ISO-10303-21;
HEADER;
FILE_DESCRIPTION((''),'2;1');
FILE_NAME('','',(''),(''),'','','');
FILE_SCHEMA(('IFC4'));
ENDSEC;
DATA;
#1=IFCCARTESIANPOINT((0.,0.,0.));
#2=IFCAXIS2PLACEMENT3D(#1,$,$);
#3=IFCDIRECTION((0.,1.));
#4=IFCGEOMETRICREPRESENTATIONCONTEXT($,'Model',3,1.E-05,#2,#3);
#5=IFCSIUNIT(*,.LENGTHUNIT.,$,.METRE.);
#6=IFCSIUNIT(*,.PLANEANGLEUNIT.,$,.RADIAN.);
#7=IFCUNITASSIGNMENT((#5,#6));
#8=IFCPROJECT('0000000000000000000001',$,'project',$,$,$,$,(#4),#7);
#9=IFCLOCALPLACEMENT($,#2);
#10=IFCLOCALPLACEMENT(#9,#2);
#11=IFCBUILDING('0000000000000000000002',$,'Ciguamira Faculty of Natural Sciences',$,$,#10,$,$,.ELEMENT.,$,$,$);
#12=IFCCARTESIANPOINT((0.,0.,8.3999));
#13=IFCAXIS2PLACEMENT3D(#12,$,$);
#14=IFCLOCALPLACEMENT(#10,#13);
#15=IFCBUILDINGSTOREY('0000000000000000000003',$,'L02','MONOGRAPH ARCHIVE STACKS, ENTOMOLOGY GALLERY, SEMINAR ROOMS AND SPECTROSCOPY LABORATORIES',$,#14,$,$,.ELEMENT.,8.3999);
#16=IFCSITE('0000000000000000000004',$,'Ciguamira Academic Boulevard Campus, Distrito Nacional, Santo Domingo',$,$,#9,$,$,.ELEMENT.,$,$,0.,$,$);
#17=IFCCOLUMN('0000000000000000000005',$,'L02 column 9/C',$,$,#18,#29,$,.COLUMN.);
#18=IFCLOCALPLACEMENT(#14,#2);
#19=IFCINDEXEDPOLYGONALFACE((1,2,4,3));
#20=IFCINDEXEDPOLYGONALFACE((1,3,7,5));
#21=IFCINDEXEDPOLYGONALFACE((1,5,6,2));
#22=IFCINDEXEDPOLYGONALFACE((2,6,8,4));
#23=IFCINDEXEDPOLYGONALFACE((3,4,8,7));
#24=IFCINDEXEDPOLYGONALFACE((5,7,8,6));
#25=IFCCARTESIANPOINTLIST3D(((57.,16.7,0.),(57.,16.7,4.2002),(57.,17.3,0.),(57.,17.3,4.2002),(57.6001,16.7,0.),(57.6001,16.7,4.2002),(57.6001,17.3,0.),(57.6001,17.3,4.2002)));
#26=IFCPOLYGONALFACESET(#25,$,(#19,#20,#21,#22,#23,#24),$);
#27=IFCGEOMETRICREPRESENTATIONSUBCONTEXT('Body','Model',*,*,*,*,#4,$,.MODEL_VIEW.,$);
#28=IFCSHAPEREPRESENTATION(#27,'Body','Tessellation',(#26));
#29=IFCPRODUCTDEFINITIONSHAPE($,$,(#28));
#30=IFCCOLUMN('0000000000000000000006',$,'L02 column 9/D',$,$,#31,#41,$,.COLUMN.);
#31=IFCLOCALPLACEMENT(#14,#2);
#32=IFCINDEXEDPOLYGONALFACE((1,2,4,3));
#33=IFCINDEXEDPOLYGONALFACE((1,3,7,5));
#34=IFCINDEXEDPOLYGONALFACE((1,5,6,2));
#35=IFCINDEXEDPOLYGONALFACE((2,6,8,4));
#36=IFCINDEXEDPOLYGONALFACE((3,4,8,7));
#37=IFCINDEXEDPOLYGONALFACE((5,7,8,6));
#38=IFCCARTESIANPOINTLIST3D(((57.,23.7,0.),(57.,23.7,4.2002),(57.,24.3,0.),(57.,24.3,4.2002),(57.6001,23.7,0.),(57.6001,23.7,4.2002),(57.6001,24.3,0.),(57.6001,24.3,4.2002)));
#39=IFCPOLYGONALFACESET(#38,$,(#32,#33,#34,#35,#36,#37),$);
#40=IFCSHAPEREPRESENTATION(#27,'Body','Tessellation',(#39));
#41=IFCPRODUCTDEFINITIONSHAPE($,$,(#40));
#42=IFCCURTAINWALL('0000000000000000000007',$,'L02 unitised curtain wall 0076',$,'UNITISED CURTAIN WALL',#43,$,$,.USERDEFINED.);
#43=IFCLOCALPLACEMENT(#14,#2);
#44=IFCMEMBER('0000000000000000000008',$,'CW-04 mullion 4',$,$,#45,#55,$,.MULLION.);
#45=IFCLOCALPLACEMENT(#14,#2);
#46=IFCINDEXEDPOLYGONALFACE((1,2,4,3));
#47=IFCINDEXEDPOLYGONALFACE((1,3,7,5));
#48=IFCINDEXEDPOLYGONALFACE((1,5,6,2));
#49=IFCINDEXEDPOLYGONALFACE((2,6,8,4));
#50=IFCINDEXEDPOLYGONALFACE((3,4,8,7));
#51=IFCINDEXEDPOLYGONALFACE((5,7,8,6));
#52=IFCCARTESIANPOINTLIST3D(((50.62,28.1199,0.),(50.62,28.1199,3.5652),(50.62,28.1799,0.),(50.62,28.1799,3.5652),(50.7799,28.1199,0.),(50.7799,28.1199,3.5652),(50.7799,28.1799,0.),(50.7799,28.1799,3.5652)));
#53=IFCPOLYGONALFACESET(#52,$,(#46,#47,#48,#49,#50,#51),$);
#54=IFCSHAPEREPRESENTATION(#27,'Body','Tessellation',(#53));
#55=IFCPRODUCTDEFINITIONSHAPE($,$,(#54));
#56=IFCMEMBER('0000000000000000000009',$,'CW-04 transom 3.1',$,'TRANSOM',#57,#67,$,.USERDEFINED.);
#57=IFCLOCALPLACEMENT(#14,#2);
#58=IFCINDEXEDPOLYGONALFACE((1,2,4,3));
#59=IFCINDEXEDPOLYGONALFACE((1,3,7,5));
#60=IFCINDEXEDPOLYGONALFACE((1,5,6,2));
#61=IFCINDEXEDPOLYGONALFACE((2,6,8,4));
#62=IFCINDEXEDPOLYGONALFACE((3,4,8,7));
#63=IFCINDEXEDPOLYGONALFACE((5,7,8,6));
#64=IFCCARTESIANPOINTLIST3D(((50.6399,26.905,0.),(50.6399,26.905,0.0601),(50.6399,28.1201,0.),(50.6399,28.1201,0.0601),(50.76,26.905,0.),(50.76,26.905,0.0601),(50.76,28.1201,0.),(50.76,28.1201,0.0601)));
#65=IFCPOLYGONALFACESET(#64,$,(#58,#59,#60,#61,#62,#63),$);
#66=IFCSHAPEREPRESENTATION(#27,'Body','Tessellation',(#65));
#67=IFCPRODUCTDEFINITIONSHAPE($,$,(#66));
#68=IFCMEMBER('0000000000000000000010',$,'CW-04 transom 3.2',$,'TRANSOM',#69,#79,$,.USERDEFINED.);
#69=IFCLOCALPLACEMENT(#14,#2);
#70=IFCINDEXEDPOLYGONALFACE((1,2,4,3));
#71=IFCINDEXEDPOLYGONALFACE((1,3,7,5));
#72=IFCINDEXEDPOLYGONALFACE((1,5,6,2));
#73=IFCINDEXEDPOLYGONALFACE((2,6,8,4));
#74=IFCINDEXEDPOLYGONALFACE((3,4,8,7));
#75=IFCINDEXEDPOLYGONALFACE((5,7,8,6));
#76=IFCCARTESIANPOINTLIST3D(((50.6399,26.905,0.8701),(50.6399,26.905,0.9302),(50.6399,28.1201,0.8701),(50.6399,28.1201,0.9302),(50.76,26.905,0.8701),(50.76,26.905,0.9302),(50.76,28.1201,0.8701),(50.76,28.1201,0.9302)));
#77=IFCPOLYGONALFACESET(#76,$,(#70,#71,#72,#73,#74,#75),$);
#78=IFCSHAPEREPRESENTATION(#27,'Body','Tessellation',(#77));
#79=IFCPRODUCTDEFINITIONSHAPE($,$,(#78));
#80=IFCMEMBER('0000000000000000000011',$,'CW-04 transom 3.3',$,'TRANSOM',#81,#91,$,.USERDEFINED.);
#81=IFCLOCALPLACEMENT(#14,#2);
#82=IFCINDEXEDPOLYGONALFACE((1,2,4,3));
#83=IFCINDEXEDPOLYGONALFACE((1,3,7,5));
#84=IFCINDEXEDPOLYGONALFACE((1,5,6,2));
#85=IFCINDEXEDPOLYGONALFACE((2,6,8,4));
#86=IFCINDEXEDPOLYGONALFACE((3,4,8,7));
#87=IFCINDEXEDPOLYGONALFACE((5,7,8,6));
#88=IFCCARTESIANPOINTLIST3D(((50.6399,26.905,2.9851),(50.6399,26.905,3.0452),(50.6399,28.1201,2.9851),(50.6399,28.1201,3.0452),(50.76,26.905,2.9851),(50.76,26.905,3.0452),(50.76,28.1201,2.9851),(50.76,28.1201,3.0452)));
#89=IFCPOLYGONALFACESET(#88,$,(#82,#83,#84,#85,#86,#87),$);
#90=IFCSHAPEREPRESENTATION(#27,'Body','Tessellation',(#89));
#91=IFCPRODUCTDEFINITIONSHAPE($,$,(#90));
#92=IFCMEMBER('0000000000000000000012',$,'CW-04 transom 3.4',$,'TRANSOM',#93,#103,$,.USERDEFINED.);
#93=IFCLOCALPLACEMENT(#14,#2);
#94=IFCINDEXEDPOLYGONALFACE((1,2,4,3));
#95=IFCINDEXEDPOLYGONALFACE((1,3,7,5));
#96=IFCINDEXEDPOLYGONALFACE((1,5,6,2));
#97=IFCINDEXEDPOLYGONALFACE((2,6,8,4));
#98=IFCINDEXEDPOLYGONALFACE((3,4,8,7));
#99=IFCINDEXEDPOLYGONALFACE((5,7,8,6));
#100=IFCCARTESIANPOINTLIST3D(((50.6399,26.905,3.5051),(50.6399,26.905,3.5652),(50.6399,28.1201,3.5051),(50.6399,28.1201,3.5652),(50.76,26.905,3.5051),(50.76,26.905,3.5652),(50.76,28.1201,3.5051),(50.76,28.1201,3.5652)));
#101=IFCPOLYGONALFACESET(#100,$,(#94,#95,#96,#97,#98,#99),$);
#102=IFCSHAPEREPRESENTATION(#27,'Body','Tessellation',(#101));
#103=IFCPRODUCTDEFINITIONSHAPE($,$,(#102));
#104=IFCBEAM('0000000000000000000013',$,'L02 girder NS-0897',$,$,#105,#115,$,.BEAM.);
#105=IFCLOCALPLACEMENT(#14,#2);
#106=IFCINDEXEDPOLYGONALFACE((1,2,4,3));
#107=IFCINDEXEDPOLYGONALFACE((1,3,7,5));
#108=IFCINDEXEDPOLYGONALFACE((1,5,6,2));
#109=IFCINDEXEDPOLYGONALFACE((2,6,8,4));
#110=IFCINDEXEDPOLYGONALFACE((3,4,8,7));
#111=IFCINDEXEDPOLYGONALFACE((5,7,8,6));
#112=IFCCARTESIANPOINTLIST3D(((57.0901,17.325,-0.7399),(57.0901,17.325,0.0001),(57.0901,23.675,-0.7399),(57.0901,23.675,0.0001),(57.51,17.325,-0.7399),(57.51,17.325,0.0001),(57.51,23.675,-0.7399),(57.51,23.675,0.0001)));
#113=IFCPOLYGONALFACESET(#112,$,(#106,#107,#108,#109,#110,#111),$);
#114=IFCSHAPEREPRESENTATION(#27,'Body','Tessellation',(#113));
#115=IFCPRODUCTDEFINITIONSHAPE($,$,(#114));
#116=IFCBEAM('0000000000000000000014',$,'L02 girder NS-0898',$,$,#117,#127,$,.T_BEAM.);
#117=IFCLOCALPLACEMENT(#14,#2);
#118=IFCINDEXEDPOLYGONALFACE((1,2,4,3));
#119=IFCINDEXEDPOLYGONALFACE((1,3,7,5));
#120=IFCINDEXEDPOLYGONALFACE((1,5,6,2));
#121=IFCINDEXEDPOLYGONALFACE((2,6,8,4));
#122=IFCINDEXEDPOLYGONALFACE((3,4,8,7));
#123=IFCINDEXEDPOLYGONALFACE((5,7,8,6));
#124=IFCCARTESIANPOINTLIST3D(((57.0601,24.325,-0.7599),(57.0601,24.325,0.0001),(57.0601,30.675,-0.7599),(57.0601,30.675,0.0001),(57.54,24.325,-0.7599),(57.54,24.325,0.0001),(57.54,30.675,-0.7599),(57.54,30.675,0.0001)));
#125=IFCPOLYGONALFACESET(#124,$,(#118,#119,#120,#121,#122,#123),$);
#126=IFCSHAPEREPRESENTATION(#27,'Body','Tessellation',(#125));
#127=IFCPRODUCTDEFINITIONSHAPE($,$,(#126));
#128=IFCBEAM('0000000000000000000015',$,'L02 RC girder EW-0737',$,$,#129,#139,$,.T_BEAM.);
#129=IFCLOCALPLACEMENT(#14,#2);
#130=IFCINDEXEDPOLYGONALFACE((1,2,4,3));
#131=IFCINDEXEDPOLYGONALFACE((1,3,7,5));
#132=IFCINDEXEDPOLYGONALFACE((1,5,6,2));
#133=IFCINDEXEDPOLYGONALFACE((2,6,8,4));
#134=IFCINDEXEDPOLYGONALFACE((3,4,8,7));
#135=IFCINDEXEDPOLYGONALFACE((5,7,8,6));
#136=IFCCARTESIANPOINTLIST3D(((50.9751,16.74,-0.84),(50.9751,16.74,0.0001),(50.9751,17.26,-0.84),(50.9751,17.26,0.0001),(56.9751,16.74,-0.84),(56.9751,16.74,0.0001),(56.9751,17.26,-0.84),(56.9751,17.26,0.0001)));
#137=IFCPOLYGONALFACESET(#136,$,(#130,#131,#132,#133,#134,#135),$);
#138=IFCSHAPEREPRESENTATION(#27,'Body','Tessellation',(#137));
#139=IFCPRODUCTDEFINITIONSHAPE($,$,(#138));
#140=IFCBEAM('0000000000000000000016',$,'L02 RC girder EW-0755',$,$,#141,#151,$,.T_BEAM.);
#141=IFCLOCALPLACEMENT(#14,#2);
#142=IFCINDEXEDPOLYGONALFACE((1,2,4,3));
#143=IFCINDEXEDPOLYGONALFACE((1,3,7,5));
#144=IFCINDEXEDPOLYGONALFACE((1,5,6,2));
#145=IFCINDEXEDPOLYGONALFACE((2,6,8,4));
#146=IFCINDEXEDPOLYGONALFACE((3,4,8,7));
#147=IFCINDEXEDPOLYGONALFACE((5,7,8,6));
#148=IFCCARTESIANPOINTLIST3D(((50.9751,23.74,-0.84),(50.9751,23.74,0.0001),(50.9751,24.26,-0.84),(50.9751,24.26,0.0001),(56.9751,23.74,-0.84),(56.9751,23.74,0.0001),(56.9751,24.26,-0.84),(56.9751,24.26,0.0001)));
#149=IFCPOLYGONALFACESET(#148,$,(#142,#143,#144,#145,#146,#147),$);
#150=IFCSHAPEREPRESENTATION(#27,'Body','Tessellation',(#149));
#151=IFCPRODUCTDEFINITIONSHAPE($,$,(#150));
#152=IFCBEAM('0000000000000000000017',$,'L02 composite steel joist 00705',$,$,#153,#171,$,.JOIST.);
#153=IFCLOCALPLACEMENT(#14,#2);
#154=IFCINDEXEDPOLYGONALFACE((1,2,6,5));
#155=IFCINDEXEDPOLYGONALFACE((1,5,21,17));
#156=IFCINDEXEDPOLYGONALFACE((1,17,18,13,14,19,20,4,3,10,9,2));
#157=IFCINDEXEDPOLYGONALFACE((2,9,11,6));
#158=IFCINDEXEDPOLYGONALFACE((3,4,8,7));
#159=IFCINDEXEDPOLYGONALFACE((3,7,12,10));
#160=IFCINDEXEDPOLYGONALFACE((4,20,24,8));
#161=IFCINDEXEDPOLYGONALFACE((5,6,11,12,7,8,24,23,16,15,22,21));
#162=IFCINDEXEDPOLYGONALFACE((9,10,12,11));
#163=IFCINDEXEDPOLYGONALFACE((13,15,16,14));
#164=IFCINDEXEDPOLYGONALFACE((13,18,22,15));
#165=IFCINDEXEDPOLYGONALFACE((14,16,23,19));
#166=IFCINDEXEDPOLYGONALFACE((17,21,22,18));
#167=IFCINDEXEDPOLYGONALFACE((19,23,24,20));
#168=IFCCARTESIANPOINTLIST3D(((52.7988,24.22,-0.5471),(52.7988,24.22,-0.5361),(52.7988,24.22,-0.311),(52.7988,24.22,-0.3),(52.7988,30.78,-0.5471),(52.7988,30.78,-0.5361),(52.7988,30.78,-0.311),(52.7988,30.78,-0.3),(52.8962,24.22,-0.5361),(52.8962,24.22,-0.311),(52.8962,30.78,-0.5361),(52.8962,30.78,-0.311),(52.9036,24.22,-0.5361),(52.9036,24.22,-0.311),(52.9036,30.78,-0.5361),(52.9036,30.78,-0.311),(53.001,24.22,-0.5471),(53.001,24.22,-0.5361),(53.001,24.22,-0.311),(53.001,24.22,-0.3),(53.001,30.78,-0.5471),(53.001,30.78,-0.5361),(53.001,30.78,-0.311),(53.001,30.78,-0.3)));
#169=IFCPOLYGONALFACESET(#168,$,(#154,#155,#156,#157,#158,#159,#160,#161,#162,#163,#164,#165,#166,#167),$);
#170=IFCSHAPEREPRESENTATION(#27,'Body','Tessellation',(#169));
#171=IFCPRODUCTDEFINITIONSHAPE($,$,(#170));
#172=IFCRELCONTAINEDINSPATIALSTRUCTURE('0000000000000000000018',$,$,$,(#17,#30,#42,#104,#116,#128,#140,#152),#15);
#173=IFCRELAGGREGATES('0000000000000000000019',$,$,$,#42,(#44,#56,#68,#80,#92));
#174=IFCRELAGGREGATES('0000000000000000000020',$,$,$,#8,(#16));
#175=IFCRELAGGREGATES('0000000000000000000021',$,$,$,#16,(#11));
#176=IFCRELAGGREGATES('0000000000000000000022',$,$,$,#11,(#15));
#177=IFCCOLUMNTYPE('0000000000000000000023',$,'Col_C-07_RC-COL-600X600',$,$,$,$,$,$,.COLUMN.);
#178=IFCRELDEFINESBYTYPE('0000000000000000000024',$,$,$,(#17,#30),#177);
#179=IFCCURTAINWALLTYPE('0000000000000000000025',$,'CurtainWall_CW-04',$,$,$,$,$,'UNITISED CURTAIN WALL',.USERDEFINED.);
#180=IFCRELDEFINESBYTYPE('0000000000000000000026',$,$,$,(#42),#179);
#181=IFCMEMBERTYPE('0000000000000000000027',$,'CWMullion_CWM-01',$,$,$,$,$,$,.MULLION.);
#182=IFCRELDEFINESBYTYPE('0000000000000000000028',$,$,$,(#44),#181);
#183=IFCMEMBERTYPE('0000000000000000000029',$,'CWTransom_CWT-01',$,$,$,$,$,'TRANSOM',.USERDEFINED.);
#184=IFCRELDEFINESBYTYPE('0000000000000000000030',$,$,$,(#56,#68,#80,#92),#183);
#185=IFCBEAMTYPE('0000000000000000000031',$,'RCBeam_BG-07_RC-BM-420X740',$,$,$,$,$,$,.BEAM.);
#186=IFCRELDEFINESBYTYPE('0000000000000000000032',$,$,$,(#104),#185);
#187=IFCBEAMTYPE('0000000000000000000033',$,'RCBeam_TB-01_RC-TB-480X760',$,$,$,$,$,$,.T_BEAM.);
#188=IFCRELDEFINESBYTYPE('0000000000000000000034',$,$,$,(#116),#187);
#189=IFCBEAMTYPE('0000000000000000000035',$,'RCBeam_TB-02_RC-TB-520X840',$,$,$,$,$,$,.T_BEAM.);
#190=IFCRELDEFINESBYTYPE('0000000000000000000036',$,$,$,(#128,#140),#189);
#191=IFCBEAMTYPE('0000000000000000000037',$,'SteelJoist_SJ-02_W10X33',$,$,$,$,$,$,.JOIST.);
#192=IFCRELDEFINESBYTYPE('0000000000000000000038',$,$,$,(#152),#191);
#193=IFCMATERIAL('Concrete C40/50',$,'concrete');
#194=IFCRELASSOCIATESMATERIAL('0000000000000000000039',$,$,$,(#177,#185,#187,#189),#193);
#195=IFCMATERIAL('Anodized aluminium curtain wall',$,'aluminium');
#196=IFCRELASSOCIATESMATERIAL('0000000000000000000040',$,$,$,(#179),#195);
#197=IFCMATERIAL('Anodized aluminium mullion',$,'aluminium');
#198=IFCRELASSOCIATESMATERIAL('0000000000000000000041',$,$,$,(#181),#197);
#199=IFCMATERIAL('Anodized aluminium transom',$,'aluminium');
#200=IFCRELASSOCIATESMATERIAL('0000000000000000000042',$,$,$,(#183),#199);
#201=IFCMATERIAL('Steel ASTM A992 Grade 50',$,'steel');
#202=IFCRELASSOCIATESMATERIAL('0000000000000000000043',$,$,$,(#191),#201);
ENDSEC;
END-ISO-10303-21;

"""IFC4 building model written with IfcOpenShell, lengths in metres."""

from ifc_helpers import new_model, si_unit, direction, frame, origin, origin_2d, place, context, subcontext, project, spatial, rectangle, i_section, extrude, material, material_profile, profile_set, type_object, element, aggregate, save


model = new_model("IFC4")

# Units and contexts
model_context = context("Model", 3, precision=1e-05, world=origin(), true_north=direction((0.0, 1.0)))
body_context = subcontext(model_context, "Body", "Model", "MODEL_VIEW")
ifc_project = project(units=[si_unit("LENGTHUNIT", "METRE"), si_unit("PLANEANGLEUNIT", "RADIAN")], contexts=[model_context])

# Site, building, storey
site_placement = place(None, origin())
site = spatial("IfcSite", under=ifc_project, at=site_placement, Name="Ciguamira Academic Boulevard Campus, Distrito Nacional, Santo Domingo", CompositionType="ELEMENT", RefElevation=0.0)
building_placement = place(site_placement, origin())
building = spatial("IfcBuilding", under=site, at=building_placement, Name="Ciguamira Faculty of Natural Sciences", CompositionType="ELEMENT")
storey_placement = place(building_placement, frame((0.0, 0.0, 8.3999)))
storey = spatial("IfcBuildingStorey", under=building, at=storey_placement, Name="L02", Description="MONOGRAPH ARCHIVE STACKS, ENTOMOLOGY GALLERY, SEMINAR ROOMS AND SPECTROSCOPY LABORATORIES", CompositionType="ELEMENT", Elevation=8.3999)

# Columns
ifc_material_1 = material(Name="Concrete C40/50", Category="concrete")
ifc_material_profile_1 = material_profile(ifc_material_1, rectangle(XDim=0.6001, YDim=0.6001, at=origin_2d()), Name="RC-COL-600X600")
ifc_profile_set_1 = profile_set([ifc_material_profile_1], Name="Concrete C40/50")
column_type = type_object("IfcColumnType", Name="Col_C-07_RC-COL-600X600", PredefinedType="COLUMN", material=ifc_profile_set_1)
for number, where, z_axis, x_axis, name in (
    (1, (57.3, 17.0, 0.0), (0.0, 0.0, 1.0), (1.0, 0.0, 0.0), "L02 column 9/C"),
    (2, (57.3, 24.0, 0.0), (0.0, 0.0, 1.0), (1.0, 0.0, 0.0), "L02 column 9/D"),
):
    element("IfcColumn", number, at=place(storey_placement, frame(where, z_axis=z_axis, x_axis=x_axis)), inside=storey, type_object=column_type, Name=name, PredefinedType="COLUMN", context=body_context, shape_type="SweptSolid", body=[
        extrude(rectangle(XDim=0.6001, YDim=0.6001, at=origin_2d()), origin(), (0.0, 0.0, 1.0), 4.2002),
    ])

# Curtain wall, members
ifc_material_2 = material(Name="Anodized aluminium curtain wall", Category="aluminium")
curtain_wall_type = type_object("IfcCurtainWallType", Name="CurtainWall_CW-04", ElementType="UNITISED CURTAIN WALL", PredefinedType="USERDEFINED", material=ifc_material_2)
curtain_wall_placement = place(storey_placement, origin())
curtain_wall = element("IfcCurtainWall", 3, at=curtain_wall_placement, inside=storey, type_object=curtain_wall_type, Name="L02 unitised curtain wall 0076", ObjectType="UNITISED CURTAIN WALL", PredefinedType="USERDEFINED")
ifc_material_3 = material(Name="Anodized aluminium mullion", Category="aluminium")
ifc_material_profile_2 = material_profile(ifc_material_3, rectangle(XDim=0.0601, YDim=0.1599, at=origin_2d()), Name="ALU-MUL-60X160")
ifc_profile_set_2 = profile_set([ifc_material_profile_2], Name="Anodized aluminium mullion")
member_type_1 = type_object("IfcMemberType", Name="CWMullion_CWM-01", PredefinedType="MULLION", material=ifc_profile_set_2)
member_1_placement = place(storey_placement, frame((50.7, 28.1499, 0.0), z_axis=(0.0, 0.0, 1.0), x_axis=(0.0, 1.0, 0.0)))
member_1 = element("IfcMember", 4, at=member_1_placement, type_object=member_type_1, Name="CW-04 mullion 4", PredefinedType="MULLION", context=body_context, shape_type="SweptSolid", body=[
    extrude(rectangle(XDim=0.0601, YDim=0.1599, at=origin_2d()), origin(), (0.0, 0.0, 1.0), 3.5652),
])
ifc_material_4 = material(Name="Anodized aluminium transom", Category="aluminium")
ifc_material_profile_3 = material_profile(ifc_material_4, rectangle(XDim=0.0601, YDim=0.1201, at=origin_2d()), Name="ALU-TRN-60X120")
ifc_profile_set_3 = profile_set([ifc_material_profile_3], Name="Anodized aluminium transom")
member_type_2 = type_object("IfcMemberType", Name="CWTransom_CWT-01", ElementType="TRANSOM", PredefinedType="USERDEFINED", material=ifc_profile_set_3)
member_2_placement = place(storey_placement, frame((50.7, 26.905, 0.03), z_axis=(0.0, 1.0, 0.0), x_axis=(0.0, 0.0, 1.0)))
member_2 = element("IfcMember", 5, at=member_2_placement, type_object=member_type_2, Name="CW-04 transom 3.1", ObjectType="TRANSOM", PredefinedType="USERDEFINED", context=body_context, shape_type="SweptSolid", body=[
    extrude(rectangle(XDim=0.0601, YDim=0.1201, at=origin_2d()), origin(), (0.0, 0.0, 1.0), 1.2151),
])
member_3_placement = place(storey_placement, frame((50.7, 26.905, 0.9001), z_axis=(0.0, 1.0, 0.0), x_axis=(0.0, 0.0, 1.0)))
member_3 = element("IfcMember", 6, at=member_3_placement, type_object=member_type_2, Name="CW-04 transom 3.2", ObjectType="TRANSOM", PredefinedType="USERDEFINED", context=body_context, shape_type="SweptSolid", body=[
    extrude(rectangle(XDim=0.0601, YDim=0.1201, at=origin_2d()), origin(), (0.0, 0.0, 1.0), 1.2151),
])
member_4_placement = place(storey_placement, frame((50.7, 26.905, 3.0151), z_axis=(0.0, 1.0, 0.0), x_axis=(0.0, 0.0, 1.0)))
member_4 = element("IfcMember", 7, at=member_4_placement, type_object=member_type_2, Name="CW-04 transom 3.3", ObjectType="TRANSOM", PredefinedType="USERDEFINED", context=body_context, shape_type="SweptSolid", body=[
    extrude(rectangle(XDim=0.0601, YDim=0.1201, at=origin_2d()), origin(), (0.0, 0.0, 1.0), 1.2151),
])
member_5_placement = place(storey_placement, frame((50.7, 26.905, 3.5352), z_axis=(0.0, 1.0, 0.0), x_axis=(0.0, 0.0, 1.0)))
member_5 = element("IfcMember", 8, at=member_5_placement, type_object=member_type_2, Name="CW-04 transom 3.4", ObjectType="TRANSOM", PredefinedType="USERDEFINED", context=body_context, shape_type="SweptSolid", body=[
    extrude(rectangle(XDim=0.0601, YDim=0.1201, at=origin_2d()), origin(), (0.0, 0.0, 1.0), 1.2151),
])

# Beams
ifc_material_profile_4 = material_profile(ifc_material_1, rectangle(XDim=0.4199, YDim=0.74, at=origin_2d()), Name="RC-BM-420X740")
ifc_profile_set_4 = profile_set([ifc_material_profile_4], Name="Concrete C40/50")
beam_type_1 = type_object("IfcBeamType", Name="RCBeam_BG-07_RC-BM-420X740", PredefinedType="BEAM", material=ifc_profile_set_4)
beam_1_placement = place(storey_placement, frame((57.3, 17.325, -0.3699), z_axis=(0.0, 1.0, 0.0), x_axis=(-1.0, 0.0, 0.0)))
element("IfcBeam", 9, at=beam_1_placement, inside=storey, type_object=beam_type_1, Name="L02 girder NS-0897", PredefinedType="BEAM", context=body_context, shape_type="SweptSolid", body=[
    extrude(rectangle(XDim=0.4199, YDim=0.74, at=origin_2d()), origin(), (0.0, 0.0, 1.0), 6.3501),
])
ifc_material_profile_5 = material_profile(ifc_material_1, rectangle(XDim=0.48, YDim=0.76, at=origin_2d()), Name="RC-TB-480X760")
ifc_profile_set_5 = profile_set([ifc_material_profile_5], Name="Concrete C40/50")
beam_type_2 = type_object("IfcBeamType", Name="RCBeam_TB-01_RC-TB-480X760", PredefinedType="T_BEAM", material=ifc_profile_set_5)
beam_2_placement = place(storey_placement, frame((57.3, 24.325, -0.3799), z_axis=(0.0, 1.0, 0.0), x_axis=(-1.0, 0.0, 0.0)))
element("IfcBeam", 10, at=beam_2_placement, inside=storey, type_object=beam_type_2, Name="L02 girder NS-0898", PredefinedType="T_BEAM", context=body_context, shape_type="SweptSolid", body=[
    extrude(rectangle(XDim=0.48, YDim=0.76, at=origin_2d()), origin(), (0.0, 0.0, 1.0), 6.3501),
])
ifc_material_profile_6 = material_profile(ifc_material_1, rectangle(XDim=0.52, YDim=0.8401, at=origin_2d()), Name="RC-TB-520X840")
ifc_profile_set_6 = profile_set([ifc_material_profile_6], Name="Concrete C40/50")
beam_type_3 = type_object("IfcBeamType", Name="RCBeam_TB-02_RC-TB-520X840", PredefinedType="T_BEAM", material=ifc_profile_set_6)
for number, where, z_axis, x_axis, name in (
    (11, (50.9751, 17.0, -0.4199), (1.0, 0.0, 0.0), (0.0, 1.0, 0.0), "L02 RC girder EW-0737"),
    (12, (50.9751, 24.0, -0.4199), (1.0, 0.0, 0.0), (0.0, 1.0, 0.0), "L02 RC girder EW-0755"),
):
    element("IfcBeam", number, at=place(storey_placement, frame(where, z_axis=z_axis, x_axis=x_axis)), inside=storey, type_object=beam_type_3, Name=name, PredefinedType="T_BEAM", context=body_context, shape_type="SweptSolid", body=[
        extrude(rectangle(XDim=0.52, YDim=0.8401, at=origin_2d()), origin(), (0.0, 0.0, 1.0), 6.0),
    ])
ifc_material_5 = material(Name="Steel ASTM A992 Grade 50", Category="steel")
ifc_material_profile_7 = material_profile(ifc_material_5, i_section(OverallWidth=0.2021, OverallDepth=0.2471, WebThickness=0.0073, FlangeThickness=0.011, at=origin_2d()), Name="W10X33")
ifc_profile_set_7 = profile_set([ifc_material_profile_7], Name="Steel ASTM A992 Grade 50")
beam_type_4 = type_object("IfcBeamType", Name="SteelJoist_SJ-02_W10X33", PredefinedType="JOIST", material=ifc_profile_set_7)
beam_3_placement = place(storey_placement, frame((52.8999, 24.22, -0.4236), z_axis=(0.0, 1.0, 0.0), x_axis=(-1.0, 0.0, 0.0)))
element("IfcBeam", 13, at=beam_3_placement, inside=storey, type_object=beam_type_4, Name="L02 composite steel joist 00705", PredefinedType="JOIST", context=body_context, shape_type="SweptSolid", body=[
    extrude(i_section(OverallWidth=0.2021, OverallDepth=0.2471, WebThickness=0.0073, FlangeThickness=0.011, at=origin_2d()), origin(), (0.0, 0.0, 1.0), 6.5601),
])

aggregate(curtain_wall, [member_1, member_2, member_3, member_4, member_5])

save(model, "model.ifc")
